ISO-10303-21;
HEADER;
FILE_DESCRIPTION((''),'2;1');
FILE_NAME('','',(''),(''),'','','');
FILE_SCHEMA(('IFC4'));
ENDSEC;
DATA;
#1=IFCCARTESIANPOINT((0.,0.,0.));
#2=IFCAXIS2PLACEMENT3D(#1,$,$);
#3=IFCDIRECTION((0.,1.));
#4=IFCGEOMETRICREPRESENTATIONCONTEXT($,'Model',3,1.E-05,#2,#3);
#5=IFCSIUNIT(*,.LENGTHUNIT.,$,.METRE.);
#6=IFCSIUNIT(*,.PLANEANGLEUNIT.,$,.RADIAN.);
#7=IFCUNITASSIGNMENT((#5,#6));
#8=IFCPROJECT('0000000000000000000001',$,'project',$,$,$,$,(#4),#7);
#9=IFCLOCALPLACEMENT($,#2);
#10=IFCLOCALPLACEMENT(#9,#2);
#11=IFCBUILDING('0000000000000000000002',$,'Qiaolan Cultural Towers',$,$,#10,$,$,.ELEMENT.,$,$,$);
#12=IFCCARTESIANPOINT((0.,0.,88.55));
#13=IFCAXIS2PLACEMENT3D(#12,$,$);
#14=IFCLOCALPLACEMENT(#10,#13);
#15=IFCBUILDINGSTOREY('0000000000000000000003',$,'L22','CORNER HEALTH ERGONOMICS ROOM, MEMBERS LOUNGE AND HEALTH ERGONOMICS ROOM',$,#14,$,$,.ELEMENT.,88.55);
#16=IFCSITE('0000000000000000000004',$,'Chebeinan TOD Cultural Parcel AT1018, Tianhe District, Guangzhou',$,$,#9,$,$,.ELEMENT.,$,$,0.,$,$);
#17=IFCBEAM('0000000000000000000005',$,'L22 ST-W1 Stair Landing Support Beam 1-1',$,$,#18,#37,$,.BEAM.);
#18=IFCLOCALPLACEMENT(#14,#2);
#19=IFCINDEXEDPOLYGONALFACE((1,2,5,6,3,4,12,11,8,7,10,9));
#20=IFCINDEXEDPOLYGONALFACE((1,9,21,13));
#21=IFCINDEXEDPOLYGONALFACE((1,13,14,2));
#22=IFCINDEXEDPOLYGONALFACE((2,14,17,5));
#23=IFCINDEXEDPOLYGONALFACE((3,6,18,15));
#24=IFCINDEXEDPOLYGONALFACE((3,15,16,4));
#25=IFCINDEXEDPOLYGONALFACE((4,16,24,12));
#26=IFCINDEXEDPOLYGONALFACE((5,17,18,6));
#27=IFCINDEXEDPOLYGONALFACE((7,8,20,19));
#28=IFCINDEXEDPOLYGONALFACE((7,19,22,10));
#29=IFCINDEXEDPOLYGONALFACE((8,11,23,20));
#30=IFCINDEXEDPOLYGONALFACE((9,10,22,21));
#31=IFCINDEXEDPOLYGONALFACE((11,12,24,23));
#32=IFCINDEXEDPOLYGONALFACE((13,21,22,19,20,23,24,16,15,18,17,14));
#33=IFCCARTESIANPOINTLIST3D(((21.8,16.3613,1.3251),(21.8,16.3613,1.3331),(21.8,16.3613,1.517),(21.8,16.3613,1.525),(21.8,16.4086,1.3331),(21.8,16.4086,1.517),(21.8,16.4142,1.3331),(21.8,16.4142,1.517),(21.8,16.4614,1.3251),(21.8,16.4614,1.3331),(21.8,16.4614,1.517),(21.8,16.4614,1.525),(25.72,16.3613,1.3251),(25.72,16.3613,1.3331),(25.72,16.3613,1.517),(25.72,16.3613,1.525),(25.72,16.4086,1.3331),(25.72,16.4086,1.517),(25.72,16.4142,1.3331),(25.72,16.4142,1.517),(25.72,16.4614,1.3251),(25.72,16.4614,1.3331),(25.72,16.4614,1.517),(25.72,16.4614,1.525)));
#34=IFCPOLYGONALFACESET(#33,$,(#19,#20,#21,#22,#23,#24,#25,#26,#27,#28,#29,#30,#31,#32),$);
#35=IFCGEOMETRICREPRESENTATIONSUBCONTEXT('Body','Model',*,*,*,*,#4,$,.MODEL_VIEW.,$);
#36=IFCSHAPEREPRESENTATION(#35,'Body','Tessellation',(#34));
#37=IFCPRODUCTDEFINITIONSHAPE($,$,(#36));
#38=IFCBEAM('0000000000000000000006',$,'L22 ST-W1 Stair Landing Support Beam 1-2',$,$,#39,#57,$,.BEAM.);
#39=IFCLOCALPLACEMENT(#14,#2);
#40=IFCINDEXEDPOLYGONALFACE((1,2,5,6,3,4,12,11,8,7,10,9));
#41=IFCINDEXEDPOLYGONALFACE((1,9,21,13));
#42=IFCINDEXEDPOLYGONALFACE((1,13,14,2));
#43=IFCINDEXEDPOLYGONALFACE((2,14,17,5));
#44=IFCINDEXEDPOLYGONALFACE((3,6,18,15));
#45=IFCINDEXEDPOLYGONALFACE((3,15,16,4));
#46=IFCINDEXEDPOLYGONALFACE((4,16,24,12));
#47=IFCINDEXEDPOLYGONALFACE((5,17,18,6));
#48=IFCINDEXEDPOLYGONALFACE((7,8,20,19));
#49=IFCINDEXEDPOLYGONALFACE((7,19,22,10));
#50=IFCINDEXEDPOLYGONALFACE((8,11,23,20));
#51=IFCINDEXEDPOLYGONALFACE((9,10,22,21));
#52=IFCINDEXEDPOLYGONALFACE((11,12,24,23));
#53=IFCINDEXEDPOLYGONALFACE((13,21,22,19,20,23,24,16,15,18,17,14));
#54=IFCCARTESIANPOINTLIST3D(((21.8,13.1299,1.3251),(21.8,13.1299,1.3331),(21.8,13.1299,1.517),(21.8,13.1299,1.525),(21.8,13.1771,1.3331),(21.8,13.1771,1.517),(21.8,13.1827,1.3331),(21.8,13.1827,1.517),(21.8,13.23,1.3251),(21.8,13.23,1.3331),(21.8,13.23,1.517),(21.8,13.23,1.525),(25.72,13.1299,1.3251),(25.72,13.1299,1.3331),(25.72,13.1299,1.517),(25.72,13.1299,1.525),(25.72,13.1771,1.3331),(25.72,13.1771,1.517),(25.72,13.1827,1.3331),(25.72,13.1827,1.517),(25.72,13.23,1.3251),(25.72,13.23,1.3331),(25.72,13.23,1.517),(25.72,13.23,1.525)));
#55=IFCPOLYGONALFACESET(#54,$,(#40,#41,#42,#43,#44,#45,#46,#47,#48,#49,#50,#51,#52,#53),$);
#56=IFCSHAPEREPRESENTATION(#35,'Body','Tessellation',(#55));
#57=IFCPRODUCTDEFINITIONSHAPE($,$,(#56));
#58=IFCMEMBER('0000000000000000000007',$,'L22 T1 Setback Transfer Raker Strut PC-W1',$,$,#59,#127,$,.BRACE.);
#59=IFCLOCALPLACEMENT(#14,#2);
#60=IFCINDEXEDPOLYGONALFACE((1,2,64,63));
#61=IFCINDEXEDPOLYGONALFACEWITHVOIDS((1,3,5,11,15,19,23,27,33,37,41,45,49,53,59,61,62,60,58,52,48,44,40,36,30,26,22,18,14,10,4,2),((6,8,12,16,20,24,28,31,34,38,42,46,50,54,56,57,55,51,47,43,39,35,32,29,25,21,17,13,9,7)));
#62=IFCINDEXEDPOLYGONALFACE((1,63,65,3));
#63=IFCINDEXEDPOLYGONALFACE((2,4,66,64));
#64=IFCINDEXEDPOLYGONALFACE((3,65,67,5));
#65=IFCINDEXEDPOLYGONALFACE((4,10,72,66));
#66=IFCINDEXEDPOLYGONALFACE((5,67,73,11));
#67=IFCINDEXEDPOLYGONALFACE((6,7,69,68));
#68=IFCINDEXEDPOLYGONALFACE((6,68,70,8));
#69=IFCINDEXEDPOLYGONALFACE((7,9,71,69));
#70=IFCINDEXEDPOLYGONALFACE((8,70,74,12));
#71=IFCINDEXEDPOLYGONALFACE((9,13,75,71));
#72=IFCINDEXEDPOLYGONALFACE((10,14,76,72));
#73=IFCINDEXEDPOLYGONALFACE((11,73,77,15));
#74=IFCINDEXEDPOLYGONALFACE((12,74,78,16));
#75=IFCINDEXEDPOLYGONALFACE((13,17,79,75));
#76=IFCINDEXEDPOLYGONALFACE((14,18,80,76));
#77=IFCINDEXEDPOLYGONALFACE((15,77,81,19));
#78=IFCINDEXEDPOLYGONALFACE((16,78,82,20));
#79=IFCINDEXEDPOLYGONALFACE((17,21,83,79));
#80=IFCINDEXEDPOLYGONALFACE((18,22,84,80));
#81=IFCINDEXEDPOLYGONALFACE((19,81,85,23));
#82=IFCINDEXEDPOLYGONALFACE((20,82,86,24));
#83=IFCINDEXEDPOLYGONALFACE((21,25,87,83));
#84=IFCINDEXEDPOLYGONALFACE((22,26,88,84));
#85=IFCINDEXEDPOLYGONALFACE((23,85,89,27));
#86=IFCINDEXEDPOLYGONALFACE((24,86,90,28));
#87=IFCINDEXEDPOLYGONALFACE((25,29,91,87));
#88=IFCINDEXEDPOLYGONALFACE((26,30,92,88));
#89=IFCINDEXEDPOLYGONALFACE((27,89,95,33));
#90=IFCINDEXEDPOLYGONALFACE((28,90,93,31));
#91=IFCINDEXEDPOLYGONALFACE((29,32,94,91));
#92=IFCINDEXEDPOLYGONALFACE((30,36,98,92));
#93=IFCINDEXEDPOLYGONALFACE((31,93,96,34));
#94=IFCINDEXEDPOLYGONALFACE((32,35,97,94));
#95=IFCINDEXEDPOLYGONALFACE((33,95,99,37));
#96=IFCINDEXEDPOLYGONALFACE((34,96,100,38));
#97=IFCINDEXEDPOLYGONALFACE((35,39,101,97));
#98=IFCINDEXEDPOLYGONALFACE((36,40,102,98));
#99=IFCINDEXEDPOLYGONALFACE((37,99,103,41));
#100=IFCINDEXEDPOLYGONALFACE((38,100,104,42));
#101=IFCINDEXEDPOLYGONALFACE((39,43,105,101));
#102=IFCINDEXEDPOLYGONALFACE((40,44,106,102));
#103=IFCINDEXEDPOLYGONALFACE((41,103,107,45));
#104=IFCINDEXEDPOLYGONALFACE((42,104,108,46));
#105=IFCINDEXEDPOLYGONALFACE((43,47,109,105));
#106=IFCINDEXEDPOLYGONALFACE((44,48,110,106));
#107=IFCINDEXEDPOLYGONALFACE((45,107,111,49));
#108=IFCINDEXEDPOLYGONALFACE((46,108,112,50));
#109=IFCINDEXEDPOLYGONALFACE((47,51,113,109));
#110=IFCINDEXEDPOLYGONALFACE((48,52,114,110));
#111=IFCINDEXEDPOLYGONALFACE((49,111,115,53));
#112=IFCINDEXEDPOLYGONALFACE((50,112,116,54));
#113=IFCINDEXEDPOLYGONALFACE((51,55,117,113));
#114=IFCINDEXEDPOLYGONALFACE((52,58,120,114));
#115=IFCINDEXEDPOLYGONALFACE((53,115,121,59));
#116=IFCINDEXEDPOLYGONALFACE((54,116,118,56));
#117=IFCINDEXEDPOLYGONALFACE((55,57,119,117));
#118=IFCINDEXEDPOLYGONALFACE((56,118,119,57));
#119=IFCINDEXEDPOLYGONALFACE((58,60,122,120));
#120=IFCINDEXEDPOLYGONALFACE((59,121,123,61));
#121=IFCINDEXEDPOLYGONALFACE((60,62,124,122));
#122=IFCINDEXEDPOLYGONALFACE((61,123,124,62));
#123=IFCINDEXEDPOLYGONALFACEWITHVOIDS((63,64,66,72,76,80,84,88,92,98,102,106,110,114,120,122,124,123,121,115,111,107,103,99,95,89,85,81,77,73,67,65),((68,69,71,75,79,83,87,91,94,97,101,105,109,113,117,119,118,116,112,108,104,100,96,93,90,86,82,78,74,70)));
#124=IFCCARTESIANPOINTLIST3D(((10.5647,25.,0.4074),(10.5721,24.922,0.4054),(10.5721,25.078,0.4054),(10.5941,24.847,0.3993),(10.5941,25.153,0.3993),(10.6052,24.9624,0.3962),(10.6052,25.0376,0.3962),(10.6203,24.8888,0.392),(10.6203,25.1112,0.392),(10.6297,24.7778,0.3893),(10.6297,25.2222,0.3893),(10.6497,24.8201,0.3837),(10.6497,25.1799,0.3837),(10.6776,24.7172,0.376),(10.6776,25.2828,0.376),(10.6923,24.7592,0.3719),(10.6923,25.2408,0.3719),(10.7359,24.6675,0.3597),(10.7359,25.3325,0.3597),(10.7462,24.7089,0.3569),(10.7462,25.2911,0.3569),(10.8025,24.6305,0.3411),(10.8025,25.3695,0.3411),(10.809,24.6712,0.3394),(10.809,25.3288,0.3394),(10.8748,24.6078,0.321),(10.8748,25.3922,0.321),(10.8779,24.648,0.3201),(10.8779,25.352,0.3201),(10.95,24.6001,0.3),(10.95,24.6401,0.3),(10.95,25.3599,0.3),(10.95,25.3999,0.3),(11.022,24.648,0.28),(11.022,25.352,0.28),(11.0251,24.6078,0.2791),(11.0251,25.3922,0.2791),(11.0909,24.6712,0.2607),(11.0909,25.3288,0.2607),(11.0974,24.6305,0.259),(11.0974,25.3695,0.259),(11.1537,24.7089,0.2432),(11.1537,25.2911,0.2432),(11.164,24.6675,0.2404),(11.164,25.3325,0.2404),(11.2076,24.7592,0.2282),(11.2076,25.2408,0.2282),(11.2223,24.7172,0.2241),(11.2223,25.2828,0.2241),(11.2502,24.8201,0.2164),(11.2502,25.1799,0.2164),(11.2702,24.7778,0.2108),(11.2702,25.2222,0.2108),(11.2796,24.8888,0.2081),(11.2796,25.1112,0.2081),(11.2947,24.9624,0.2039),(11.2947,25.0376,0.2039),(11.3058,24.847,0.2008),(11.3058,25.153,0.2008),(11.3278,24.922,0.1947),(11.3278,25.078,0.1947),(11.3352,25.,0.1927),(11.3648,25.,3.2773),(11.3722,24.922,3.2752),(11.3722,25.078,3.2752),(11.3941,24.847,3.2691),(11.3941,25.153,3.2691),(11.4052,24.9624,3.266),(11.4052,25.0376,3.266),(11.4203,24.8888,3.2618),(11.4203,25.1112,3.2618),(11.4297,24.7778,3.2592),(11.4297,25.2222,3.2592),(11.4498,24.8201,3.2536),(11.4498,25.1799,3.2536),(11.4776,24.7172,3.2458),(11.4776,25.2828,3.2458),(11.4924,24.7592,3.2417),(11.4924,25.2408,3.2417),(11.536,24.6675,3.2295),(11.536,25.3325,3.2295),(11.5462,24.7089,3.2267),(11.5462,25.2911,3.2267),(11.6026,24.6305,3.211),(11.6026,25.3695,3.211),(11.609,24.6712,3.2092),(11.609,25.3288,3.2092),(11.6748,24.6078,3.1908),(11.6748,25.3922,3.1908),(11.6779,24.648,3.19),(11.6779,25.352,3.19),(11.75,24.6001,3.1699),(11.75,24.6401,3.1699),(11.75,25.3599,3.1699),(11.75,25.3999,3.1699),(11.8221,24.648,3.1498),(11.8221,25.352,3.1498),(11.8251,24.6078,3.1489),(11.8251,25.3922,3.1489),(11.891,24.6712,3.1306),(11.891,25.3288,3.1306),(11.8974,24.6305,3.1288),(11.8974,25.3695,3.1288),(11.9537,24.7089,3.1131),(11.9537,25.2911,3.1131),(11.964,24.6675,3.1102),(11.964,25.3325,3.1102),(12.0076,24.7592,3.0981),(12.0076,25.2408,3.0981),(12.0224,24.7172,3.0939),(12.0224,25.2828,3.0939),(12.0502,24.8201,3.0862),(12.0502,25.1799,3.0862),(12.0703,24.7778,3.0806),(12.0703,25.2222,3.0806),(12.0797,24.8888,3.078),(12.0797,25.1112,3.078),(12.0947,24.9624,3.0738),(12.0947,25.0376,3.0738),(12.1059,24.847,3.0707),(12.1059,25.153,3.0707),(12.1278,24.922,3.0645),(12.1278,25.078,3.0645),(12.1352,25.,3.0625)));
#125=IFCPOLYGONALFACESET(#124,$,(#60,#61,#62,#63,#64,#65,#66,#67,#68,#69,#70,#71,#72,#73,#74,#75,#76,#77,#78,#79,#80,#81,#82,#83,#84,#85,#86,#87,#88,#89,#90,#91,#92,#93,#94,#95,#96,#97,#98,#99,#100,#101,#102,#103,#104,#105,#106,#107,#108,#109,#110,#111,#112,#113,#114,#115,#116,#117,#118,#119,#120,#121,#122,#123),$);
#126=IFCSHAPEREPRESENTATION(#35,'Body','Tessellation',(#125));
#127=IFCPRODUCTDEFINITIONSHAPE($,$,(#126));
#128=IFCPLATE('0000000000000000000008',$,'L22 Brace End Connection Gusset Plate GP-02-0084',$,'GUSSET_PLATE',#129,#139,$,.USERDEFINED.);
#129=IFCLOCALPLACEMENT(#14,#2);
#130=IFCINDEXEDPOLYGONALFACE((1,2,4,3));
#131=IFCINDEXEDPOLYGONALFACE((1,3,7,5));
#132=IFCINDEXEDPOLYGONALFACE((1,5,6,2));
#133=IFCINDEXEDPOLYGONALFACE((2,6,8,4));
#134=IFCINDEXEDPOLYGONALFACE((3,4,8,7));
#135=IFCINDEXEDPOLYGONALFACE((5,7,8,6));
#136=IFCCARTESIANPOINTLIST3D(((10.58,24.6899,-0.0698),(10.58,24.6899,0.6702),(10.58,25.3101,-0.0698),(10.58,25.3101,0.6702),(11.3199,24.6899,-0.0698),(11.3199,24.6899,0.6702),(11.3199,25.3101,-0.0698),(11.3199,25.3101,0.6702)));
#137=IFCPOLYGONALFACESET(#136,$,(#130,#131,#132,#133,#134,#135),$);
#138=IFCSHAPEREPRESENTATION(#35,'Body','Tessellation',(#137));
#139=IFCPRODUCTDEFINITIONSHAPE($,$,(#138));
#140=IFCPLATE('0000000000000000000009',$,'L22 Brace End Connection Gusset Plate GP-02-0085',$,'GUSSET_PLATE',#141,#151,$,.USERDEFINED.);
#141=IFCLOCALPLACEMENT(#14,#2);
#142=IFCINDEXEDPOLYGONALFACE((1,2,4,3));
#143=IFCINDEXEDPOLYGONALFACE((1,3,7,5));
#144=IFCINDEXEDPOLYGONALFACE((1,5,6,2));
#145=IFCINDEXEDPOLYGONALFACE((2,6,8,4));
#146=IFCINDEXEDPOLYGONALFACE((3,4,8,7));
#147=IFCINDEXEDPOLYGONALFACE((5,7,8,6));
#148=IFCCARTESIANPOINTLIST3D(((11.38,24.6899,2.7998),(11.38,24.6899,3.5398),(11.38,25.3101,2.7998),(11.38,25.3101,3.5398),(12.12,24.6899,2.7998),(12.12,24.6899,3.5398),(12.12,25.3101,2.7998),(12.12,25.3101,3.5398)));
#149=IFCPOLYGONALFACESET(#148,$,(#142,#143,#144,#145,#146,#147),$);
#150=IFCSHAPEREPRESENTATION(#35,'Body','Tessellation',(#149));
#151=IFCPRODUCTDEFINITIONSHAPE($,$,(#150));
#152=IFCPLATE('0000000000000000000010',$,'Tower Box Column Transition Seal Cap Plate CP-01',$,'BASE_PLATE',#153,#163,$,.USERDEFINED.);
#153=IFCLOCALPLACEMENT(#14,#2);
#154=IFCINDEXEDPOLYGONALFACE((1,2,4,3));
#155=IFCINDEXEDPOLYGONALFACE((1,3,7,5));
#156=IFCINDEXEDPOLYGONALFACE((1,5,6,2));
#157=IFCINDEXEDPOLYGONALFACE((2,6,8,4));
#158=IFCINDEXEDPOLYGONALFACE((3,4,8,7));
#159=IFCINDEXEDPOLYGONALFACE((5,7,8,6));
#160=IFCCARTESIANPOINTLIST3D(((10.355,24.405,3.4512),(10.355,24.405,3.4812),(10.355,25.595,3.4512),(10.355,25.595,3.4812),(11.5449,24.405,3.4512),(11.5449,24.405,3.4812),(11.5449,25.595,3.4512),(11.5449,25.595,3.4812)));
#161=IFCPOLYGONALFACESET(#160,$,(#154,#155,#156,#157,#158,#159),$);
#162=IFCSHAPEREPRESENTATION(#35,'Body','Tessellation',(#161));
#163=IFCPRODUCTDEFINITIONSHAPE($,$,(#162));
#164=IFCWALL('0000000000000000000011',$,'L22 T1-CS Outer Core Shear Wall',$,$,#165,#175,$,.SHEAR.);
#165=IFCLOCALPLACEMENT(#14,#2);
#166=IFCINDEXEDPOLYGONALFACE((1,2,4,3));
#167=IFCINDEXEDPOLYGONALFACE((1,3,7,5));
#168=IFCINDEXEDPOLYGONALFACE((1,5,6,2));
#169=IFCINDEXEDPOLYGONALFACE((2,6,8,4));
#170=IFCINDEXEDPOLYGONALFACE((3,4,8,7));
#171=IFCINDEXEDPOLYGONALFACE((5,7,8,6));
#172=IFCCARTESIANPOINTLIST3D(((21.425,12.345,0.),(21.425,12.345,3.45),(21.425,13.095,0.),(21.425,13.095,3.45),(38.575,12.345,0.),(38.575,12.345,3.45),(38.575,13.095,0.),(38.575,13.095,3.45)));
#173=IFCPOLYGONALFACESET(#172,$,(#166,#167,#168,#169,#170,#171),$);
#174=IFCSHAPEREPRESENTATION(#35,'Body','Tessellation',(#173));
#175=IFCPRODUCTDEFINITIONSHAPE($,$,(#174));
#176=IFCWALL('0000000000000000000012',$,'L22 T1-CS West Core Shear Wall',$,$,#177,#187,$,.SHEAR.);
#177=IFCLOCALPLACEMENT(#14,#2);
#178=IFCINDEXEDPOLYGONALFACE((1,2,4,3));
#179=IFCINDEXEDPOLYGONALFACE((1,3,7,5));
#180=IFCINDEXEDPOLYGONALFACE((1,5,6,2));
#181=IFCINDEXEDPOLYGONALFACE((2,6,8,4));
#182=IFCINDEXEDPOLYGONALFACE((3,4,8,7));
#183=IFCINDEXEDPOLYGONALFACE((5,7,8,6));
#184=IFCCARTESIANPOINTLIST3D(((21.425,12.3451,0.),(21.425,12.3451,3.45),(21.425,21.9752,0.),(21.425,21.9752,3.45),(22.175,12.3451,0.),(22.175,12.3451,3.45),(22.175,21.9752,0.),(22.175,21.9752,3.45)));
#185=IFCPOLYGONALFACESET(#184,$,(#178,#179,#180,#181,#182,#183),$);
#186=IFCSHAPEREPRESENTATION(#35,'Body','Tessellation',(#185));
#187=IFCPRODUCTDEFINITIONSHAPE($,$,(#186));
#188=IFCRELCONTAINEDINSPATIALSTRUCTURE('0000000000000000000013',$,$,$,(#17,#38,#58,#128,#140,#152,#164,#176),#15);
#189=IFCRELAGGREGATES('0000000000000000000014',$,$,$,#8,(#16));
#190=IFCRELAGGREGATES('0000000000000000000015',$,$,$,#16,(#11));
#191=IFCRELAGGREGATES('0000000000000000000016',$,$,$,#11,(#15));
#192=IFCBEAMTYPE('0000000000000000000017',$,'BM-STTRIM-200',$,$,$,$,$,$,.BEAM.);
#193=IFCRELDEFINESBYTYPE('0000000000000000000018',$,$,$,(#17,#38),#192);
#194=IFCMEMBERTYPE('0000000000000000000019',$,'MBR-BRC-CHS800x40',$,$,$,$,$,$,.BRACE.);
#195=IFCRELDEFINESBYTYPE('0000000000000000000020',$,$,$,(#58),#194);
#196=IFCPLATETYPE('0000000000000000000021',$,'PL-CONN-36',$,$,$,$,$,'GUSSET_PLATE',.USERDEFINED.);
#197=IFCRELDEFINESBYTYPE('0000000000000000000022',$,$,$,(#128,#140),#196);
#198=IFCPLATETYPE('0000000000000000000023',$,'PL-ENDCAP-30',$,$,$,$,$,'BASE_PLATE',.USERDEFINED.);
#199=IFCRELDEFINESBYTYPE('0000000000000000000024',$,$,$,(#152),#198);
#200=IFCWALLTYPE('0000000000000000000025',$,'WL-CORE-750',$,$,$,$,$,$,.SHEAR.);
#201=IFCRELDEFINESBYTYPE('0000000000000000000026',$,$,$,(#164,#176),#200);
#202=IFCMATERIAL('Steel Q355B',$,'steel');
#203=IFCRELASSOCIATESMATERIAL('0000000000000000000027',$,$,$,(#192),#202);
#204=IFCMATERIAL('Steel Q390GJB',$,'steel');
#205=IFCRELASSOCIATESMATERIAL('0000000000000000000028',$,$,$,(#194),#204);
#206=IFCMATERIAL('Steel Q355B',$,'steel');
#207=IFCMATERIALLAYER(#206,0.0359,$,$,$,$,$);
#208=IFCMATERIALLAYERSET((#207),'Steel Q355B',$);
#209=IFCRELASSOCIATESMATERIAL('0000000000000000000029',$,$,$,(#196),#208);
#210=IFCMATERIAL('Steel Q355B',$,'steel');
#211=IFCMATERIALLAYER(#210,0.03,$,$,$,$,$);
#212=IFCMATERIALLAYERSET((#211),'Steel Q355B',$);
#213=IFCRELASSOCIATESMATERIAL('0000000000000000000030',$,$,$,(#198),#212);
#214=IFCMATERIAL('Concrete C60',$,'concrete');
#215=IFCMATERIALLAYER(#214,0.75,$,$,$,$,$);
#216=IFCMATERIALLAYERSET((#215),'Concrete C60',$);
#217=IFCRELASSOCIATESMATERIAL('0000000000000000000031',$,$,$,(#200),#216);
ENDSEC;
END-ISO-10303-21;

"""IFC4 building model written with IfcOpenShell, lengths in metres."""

from ifc_helpers import new_model, si_unit, direction, frame, frame_2d, origin, origin_2d, place, context, subcontext, project, spatial, rectangle, hollow_circle, i_section, extrude, material, layer, layer_set, material_profile, profile_set, type_object, element, save


model = new_model("IFC4")

# Units and contexts
model_context = context("Model", 3, precision=1e-05, world=origin(), true_north=direction((0.0, 1.0)))
body_context = subcontext(model_context, "Body", "Model", "MODEL_VIEW")
ifc_project = project(units=[si_unit("LENGTHUNIT", "METRE"), si_unit("PLANEANGLEUNIT", "RADIAN")], contexts=[model_context])

# Site, building, storey
site_placement = place(None, origin())
site = spatial("IfcSite", under=ifc_project, at=site_placement, Name="Chebeinan TOD Cultural Parcel AT1018, Tianhe District, Guangzhou", CompositionType="ELEMENT", RefElevation=0.0)
building_placement = place(site_placement, origin())
building = spatial("IfcBuilding", under=site, at=building_placement, Name="Qiaolan Cultural Towers", CompositionType="ELEMENT")
storey_placement = place(building_placement, frame((0.0, 0.0, 88.55)))
storey = spatial("IfcBuildingStorey", under=building, at=storey_placement, Name="L22", Description="CORNER HEALTH ERGONOMICS ROOM, MEMBERS LOUNGE AND HEALTH ERGONOMICS ROOM", CompositionType="ELEMENT", Elevation=88.55)

# Beams
ifc_material_1 = material(Name="Steel Q355B", Category="steel")
ifc_material_profile_1 = material_profile(ifc_material_1, i_section(OverallWidth=0.1001, OverallDepth=0.2, WebThickness=0.0056, FlangeThickness=0.0081, at=origin_2d()), Name="HN200x100x5.5x8")
ifc_profile_set_1 = profile_set([ifc_material_profile_1], Name="Steel Q355B")
beam_type_1 = type_object("IfcBeamType", Name="BM-STTRIM-200", PredefinedType="BEAM", material=ifc_profile_set_1)
for number, where, z_axis, x_axis, name in (
    (1, (21.8, 16.4114, 1.425), (1.0, 0.0, 0.0), (0.0, 1.0, 0.0), "L22 ST-W1 Stair Landing Support Beam 1-1"),
    (2, (21.8, 13.1799, 1.425), (1.0, 0.0, 0.0), (0.0, 1.0, 0.0), "L22 ST-W1 Stair Landing Support Beam 1-2"),
):
    element("IfcBeam", number, at=place(storey_placement, frame(where, z_axis=z_axis, x_axis=x_axis)), inside=storey, type_object=beam_type_1, Name=name, PredefinedType="BEAM", context=body_context, shape_type="SweptSolid", body=[
        extrude(i_section(OverallWidth=0.1001, OverallDepth=0.2, WebThickness=0.0056, FlangeThickness=0.0081, at=origin_2d()), origin(), (0.0, 0.0, 1.0), 3.9199),
    ])

# Member
ifc_material_2 = material(Name="Steel Q390GJB", Category="steel")
ifc_material_profile_2 = material_profile(ifc_material_2, hollow_circle(Radius=0.3999, WallThickness=0.04, at=origin_2d()), Name="CHS800x40")
ifc_profile_set_2 = profile_set([ifc_material_profile_2], Name="Steel Q390GJB")
member_type = type_object("IfcMemberType", Name="MBR-BRC-CHS800x40", PredefinedType="BRACE", material=ifc_profile_set_2)
member_placement = place(storey_placement, frame((10.95, 25.0, 0.3), z_axis=(0.268536, 0.0, 0.96327), x_axis=(0.0, 1.0, 0.0)))
element("IfcMember", 3, at=member_placement, inside=storey, type_object=member_type, Name="L22 T1 Setback Transfer Raker Strut PC-W1", PredefinedType="BRACE", context=body_context, shape_type="SweptSolid", body=[
    extrude(hollow_circle(Radius=0.3999, WallThickness=0.04, at=origin_2d()), origin(), (0.0, 0.0, 1.0), 2.9792),
])

# Plates
ifc_material_3 = material(Name="Steel Q355B", Category="steel")
ifc_layer_1 = layer(ifc_material_3, 0.0359)
ifc_layer_set_1 = layer_set([ifc_layer_1], Name="Steel Q355B")
plate_type_1 = type_object("IfcPlateType", Name="PL-CONN-36", ElementType="GUSSET_PLATE", PredefinedType="USERDEFINED", material=ifc_layer_set_1)
for number, where, z_axis, x_axis, name in (
    (4, (10.95, 25.0, -0.0698), (0.0, 0.0, 1.0), (1.0, 0.0, 0.0), "L22 Brace End Connection Gusset Plate GP-02-0084"),
    (5, (11.75, 25.0, 2.7998), (0.0, 0.0, 1.0), (1.0, 0.0, 0.0), "L22 Brace End Connection Gusset Plate GP-02-0085"),
):
    element("IfcPlate", number, at=place(storey_placement, frame(where, z_axis=z_axis, x_axis=x_axis)), inside=storey, type_object=plate_type_1, Name=name, ObjectType="GUSSET_PLATE", PredefinedType="USERDEFINED", context=body_context, shape_type="SweptSolid", body=[
        extrude(rectangle(XDim=0.74, YDim=0.6201, at=origin_2d()), origin(), (0.0, 0.0, 1.0), 0.74),
    ])
ifc_material_4 = material(Name="Steel Q355B", Category="steel")
ifc_layer_2 = layer(ifc_material_4, 0.03)
ifc_layer_set_2 = layer_set([ifc_layer_2], Name="Steel Q355B")
plate_type_2 = type_object("IfcPlateType", Name="PL-ENDCAP-30", ElementType="BASE_PLATE", PredefinedType="USERDEFINED", material=ifc_layer_set_2)
plate_placement = place(storey_placement, frame((10.95, 25.0, 3.4512), z_axis=(0.0, 0.0, 1.0), x_axis=(1.0, 0.0, 0.0)))
element("IfcPlate", 6, at=plate_placement, inside=storey, type_object=plate_type_2, Name="Tower Box Column Transition Seal Cap Plate CP-01", ObjectType="BASE_PLATE", PredefinedType="USERDEFINED", context=body_context, shape_type="SweptSolid", body=[
    extrude(rectangle(XDim=1.1899, YDim=1.1899, at=origin_2d()), origin(), (0.0, 0.0, 1.0), 0.03),
])

# Walls
ifc_material_5 = material(Name="Concrete C60", Category="concrete")
ifc_layer_3 = layer(ifc_material_5, 0.75)
ifc_layer_set_3 = layer_set([ifc_layer_3], Name="Concrete C60")
wall_type_1 = type_object("IfcWallType", Name="WL-CORE-750", PredefinedType="SHEAR", material=ifc_layer_set_3)
wall_1_placement = place(storey_placement, frame((21.425, 12.72, 0.0), z_axis=(0.0, 0.0, 1.0), x_axis=(1.0, 0.0, 0.0)))
element("IfcWall", 7, at=wall_1_placement, inside=storey, type_object=wall_type_1, Name="L22 T1-CS Outer Core Shear Wall", PredefinedType="SHEAR", context=body_context, shape_type="SweptSolid", body=[
    extrude(rectangle(XDim=17.1499, YDim=0.75, at=frame_2d((8.575, 0.0))), origin(), (0.0, 0.0, 1.0), 3.45),
])
wall_2_placement = place(storey_placement, frame((21.8, 21.9751, 0.0), z_axis=(0.0, 0.0, 1.0), x_axis=(0.0, -1.0, 0.0)))
element("IfcWall", 8, at=wall_2_placement, inside=storey, type_object=wall_type_1, Name="L22 T1-CS West Core Shear Wall", PredefinedType="SHEAR", context=body_context, shape_type="SweptSolid", body=[
    extrude(rectangle(XDim=9.6301, YDim=0.75, at=frame_2d((4.8149, 0.0))), origin(), (0.0, 0.0, 1.0), 3.45),
])

save(model, "model.ifc")
